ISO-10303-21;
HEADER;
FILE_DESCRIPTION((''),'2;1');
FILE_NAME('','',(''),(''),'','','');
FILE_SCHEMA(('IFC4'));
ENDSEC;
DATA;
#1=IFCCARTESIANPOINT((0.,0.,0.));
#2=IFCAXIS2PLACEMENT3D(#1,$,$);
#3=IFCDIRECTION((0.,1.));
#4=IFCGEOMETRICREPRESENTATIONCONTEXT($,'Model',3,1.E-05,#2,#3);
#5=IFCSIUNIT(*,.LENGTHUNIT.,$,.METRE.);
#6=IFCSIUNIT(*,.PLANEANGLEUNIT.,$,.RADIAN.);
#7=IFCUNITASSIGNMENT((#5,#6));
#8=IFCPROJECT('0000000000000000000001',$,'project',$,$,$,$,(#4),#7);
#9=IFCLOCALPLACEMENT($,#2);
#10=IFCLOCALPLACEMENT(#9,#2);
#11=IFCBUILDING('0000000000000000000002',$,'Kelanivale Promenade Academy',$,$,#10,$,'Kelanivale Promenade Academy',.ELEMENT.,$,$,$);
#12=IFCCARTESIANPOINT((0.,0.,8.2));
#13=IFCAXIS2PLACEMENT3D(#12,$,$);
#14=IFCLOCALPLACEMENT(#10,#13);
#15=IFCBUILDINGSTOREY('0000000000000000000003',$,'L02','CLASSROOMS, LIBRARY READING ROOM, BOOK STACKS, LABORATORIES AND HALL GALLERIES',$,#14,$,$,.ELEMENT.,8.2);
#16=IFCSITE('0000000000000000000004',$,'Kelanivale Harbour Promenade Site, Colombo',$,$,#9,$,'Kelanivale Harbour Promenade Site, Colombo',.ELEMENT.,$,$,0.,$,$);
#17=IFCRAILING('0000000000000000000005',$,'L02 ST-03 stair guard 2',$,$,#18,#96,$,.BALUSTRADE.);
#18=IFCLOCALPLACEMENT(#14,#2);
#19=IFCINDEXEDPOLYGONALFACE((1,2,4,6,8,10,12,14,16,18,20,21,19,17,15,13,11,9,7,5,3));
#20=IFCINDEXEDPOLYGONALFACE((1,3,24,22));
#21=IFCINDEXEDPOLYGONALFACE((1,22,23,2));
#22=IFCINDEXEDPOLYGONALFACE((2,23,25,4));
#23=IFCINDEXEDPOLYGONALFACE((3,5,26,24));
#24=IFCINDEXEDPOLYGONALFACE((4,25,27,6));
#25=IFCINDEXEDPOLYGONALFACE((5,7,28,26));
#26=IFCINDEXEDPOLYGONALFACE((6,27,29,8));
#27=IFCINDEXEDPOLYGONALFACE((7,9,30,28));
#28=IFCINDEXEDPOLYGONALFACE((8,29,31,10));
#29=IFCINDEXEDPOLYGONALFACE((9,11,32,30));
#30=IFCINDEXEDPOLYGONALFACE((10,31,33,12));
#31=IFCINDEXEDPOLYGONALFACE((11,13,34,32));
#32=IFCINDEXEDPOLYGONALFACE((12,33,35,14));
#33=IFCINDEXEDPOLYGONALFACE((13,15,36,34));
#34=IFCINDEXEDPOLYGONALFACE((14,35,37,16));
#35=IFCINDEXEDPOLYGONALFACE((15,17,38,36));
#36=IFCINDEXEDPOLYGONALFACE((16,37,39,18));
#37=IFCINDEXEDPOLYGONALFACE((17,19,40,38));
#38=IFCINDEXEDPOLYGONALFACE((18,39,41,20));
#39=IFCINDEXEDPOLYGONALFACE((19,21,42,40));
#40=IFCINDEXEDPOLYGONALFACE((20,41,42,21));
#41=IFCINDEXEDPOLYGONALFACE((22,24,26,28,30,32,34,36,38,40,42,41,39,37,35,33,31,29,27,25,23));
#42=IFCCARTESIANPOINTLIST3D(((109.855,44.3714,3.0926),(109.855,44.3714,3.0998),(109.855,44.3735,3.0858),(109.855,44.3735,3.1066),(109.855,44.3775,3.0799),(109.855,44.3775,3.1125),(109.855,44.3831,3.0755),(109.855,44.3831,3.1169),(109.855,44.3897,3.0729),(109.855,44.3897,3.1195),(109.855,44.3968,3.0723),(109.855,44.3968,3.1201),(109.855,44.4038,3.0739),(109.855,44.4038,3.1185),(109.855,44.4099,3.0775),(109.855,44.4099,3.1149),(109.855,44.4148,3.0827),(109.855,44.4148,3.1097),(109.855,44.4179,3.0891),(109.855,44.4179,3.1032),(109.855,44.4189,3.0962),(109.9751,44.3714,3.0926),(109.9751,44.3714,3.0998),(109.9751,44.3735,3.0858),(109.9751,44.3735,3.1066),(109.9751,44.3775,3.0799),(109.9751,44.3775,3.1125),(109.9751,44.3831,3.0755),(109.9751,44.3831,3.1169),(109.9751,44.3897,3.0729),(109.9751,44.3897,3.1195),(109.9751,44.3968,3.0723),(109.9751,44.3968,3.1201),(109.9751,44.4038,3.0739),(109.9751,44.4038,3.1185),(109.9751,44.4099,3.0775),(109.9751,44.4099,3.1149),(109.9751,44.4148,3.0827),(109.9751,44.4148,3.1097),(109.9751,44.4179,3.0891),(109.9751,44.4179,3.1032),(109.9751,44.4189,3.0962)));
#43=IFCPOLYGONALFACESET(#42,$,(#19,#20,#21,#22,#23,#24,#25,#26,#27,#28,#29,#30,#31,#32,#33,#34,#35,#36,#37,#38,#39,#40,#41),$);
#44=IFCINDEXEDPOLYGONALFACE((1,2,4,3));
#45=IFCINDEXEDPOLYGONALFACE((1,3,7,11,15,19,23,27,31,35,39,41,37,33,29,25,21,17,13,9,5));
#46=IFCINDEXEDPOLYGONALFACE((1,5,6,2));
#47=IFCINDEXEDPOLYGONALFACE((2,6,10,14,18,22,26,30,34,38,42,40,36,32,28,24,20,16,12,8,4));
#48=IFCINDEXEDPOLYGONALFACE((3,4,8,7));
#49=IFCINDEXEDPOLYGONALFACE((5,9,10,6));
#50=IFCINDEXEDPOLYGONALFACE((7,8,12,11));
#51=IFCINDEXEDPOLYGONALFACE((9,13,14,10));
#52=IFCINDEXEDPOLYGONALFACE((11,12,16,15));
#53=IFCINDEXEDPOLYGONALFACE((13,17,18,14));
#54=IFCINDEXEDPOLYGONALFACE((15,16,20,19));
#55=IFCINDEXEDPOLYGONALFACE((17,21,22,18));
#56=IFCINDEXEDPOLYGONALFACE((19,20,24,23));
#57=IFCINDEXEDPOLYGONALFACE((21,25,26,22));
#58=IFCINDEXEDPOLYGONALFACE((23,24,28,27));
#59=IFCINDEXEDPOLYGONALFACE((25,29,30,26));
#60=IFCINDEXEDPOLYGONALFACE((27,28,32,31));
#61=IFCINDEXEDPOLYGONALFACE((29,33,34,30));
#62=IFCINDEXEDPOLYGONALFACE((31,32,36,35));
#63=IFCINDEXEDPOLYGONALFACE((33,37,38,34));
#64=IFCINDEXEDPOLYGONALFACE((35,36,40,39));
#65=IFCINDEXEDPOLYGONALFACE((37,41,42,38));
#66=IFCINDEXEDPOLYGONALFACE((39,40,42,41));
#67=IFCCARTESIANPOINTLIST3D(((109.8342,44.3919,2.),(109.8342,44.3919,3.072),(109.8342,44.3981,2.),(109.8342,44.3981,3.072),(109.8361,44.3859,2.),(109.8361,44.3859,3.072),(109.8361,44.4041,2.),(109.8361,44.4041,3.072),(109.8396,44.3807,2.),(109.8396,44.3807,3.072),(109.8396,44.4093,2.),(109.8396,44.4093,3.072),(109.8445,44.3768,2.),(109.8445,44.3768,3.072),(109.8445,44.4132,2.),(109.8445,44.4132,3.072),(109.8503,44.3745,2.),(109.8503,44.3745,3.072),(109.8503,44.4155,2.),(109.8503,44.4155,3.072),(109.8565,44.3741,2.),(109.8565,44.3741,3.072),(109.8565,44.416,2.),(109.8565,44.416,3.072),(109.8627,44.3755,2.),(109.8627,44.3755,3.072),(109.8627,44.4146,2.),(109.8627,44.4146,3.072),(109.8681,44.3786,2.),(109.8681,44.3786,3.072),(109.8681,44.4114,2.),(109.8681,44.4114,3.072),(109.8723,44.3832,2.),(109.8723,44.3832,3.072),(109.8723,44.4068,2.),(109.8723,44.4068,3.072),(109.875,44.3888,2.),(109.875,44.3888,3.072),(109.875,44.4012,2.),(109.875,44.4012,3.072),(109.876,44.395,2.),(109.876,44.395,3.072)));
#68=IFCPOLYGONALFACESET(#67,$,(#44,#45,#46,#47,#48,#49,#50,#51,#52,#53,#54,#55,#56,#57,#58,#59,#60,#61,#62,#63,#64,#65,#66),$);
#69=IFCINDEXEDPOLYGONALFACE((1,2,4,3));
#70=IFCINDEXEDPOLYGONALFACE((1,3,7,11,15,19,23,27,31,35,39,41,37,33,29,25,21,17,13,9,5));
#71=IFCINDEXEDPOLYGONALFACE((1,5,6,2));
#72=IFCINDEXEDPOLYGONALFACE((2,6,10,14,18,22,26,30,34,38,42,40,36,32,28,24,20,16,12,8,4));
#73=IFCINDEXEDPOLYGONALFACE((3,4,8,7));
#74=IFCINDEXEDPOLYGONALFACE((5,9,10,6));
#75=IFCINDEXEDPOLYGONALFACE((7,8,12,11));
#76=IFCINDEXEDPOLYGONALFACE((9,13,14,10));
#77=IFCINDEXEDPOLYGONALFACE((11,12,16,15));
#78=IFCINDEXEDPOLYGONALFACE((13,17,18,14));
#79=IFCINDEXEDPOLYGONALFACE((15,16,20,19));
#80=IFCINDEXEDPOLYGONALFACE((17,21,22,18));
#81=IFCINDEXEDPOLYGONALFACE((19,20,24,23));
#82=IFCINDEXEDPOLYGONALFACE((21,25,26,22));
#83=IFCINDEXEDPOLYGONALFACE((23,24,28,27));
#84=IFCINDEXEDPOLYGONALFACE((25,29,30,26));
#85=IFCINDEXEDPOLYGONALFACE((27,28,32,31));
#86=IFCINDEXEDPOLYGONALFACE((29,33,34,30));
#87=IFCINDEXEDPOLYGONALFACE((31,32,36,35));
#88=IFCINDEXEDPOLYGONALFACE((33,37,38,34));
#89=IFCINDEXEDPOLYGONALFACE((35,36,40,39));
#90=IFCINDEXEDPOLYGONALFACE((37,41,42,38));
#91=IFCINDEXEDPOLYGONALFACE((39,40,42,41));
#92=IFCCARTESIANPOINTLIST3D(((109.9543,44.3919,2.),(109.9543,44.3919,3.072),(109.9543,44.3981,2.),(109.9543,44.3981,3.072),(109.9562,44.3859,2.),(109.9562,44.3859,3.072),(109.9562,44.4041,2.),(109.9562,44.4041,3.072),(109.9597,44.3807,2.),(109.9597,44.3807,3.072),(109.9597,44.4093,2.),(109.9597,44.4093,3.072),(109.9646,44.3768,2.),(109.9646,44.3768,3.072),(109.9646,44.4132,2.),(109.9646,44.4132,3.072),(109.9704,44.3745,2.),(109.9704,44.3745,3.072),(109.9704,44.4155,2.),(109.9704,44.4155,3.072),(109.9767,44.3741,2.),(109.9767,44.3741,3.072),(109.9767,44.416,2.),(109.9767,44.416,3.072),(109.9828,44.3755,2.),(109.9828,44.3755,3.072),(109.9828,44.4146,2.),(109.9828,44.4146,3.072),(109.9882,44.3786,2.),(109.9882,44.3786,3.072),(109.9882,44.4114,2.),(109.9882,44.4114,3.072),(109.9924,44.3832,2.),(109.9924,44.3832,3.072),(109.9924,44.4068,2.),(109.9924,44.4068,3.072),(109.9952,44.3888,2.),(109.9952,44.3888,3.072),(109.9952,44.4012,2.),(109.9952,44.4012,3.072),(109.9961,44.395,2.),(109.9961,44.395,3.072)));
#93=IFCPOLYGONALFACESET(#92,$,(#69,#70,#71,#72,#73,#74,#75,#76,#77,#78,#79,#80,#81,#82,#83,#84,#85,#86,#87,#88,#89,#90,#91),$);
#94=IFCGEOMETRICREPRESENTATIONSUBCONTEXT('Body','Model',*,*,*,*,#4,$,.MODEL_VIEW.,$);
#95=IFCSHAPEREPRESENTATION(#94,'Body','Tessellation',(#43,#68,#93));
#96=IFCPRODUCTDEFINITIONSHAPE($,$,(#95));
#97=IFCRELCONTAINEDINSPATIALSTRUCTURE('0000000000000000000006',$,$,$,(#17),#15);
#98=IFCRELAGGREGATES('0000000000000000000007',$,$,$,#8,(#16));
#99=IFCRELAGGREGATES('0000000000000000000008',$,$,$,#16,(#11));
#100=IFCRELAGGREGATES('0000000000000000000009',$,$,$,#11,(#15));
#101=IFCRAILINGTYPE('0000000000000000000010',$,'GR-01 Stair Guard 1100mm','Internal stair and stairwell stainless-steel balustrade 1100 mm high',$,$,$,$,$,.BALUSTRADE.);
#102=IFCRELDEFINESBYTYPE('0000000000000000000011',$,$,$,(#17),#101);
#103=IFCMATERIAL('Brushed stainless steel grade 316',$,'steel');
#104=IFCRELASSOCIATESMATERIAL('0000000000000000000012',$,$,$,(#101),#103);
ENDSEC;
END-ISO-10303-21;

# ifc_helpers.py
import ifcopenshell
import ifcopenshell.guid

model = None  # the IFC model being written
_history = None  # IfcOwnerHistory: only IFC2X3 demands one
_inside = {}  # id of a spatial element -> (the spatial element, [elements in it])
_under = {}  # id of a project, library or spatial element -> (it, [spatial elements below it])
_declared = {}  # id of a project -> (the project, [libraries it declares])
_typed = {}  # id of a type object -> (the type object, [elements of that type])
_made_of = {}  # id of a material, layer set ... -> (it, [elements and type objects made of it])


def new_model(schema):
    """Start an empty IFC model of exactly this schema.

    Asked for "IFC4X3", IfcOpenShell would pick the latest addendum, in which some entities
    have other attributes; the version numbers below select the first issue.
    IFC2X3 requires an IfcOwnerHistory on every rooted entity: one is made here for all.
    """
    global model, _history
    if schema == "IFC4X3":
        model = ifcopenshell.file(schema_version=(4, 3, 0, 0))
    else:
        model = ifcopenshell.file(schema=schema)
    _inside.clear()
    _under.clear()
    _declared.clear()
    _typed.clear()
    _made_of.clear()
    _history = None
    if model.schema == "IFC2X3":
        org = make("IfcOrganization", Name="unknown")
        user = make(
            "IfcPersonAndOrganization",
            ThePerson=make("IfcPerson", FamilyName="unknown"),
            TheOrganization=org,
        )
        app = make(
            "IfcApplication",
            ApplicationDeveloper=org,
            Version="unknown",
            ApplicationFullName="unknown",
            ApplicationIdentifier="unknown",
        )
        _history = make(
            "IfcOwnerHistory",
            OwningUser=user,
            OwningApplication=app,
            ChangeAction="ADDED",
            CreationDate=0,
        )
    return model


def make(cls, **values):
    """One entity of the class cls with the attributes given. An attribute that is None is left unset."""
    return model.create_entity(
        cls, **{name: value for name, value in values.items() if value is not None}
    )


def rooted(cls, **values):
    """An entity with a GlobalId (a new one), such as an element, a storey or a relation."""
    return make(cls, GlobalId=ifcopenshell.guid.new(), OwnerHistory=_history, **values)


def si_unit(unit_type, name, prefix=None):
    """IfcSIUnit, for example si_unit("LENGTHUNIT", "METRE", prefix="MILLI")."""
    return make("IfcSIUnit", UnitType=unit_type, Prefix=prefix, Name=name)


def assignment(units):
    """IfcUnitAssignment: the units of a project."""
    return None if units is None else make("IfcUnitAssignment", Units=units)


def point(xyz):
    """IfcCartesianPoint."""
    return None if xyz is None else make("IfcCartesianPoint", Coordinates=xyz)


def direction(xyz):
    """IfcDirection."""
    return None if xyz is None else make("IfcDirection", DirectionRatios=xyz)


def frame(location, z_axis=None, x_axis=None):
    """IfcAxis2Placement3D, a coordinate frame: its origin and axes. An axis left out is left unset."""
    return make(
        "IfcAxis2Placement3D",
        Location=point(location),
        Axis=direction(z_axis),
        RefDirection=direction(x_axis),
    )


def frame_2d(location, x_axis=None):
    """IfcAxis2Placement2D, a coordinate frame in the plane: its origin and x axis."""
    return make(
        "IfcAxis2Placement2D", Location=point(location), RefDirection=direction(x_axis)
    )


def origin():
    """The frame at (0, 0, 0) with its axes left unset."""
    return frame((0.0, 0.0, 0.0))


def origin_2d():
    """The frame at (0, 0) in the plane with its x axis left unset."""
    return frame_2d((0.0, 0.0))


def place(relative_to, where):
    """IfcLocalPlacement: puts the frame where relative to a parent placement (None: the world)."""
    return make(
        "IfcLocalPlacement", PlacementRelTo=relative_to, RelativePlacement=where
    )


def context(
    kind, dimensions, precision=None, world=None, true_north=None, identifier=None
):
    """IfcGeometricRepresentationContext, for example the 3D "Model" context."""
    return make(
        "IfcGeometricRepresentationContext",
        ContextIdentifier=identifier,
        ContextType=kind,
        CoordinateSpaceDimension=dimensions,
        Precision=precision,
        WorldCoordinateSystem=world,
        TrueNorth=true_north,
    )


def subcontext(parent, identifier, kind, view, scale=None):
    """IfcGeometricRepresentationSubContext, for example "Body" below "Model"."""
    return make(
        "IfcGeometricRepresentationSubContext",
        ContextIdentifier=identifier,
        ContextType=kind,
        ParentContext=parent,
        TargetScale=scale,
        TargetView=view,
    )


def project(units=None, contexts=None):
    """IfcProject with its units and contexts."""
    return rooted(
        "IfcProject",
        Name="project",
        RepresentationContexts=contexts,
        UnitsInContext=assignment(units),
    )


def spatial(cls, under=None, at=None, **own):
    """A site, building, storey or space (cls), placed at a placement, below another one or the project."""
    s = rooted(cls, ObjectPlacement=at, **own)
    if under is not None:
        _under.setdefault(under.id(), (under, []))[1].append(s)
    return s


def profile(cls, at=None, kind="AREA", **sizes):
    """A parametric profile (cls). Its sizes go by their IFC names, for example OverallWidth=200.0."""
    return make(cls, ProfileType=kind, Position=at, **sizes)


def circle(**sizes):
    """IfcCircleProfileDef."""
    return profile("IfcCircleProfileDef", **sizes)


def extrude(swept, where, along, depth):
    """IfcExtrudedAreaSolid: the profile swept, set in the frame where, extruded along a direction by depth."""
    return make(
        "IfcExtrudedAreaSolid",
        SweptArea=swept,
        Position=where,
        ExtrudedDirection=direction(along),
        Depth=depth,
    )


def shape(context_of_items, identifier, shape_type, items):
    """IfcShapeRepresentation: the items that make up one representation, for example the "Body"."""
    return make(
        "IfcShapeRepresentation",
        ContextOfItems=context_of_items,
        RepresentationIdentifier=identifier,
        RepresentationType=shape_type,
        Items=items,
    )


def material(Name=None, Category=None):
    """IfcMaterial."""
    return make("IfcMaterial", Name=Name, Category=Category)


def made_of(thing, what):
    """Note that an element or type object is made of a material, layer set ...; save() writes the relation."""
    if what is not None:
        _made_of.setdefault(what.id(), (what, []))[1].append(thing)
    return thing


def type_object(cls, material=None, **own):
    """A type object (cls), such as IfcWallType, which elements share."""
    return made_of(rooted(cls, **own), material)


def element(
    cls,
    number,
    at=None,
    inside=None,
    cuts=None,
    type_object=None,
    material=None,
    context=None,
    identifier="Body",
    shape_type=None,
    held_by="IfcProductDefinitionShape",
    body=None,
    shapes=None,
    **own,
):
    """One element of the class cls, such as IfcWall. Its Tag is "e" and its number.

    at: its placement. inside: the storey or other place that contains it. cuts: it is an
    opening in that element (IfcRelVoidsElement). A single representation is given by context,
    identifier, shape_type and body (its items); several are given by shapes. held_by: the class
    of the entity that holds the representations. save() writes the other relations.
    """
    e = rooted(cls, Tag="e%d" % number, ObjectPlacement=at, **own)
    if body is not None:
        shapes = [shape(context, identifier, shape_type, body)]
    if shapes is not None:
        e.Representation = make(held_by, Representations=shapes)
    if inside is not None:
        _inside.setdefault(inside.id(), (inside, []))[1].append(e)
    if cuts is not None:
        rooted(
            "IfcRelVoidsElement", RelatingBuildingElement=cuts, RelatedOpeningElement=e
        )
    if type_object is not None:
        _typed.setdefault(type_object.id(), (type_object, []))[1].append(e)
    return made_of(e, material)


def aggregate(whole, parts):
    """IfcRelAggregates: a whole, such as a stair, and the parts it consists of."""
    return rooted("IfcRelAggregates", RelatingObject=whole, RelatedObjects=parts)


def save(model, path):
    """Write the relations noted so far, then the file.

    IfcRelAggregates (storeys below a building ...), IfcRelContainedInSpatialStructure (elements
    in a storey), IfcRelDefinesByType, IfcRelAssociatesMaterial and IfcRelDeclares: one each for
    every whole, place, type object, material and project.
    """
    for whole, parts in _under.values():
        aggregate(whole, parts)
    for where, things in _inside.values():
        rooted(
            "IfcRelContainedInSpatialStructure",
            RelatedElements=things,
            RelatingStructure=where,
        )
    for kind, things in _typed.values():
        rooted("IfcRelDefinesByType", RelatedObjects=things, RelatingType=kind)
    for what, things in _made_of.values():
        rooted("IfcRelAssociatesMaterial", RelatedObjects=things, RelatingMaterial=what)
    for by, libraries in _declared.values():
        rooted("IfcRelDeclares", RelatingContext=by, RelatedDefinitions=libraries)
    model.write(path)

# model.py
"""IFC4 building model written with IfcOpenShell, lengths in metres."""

from ifc_helpers import new_model, si_unit, direction, frame, origin, origin_2d, place, context, subcontext, project, spatial, circle, extrude, material, type_object, element, save


model = new_model("IFC4")

# Units and contexts
model_context = context("Model", 3, precision=1e-05, world=origin(), true_north=direction((0.0, 1.0)))
body_context = subcontext(model_context, "Body", "Model", "MODEL_VIEW")
ifc_project = project(units=[si_unit("LENGTHUNIT", "METRE"), si_unit("PLANEANGLEUNIT", "RADIAN")], contexts=[model_context])

# Site, building, storey
site_placement = place(None, origin())
site = spatial("IfcSite", under=ifc_project, at=site_placement, Name="Kelanivale Harbour Promenade Site, Colombo", LongName="Kelanivale Harbour Promenade Site, Colombo", CompositionType="ELEMENT", RefElevation=0.0)
building_placement = place(site_placement, origin())
building = spatial("IfcBuilding", under=site, at=building_placement, Name="Kelanivale Promenade Academy", LongName="Kelanivale Promenade Academy", CompositionType="ELEMENT")
storey_placement = place(building_placement, frame((0.0, 0.0, 8.2)))
storey = spatial("IfcBuildingStorey", under=building, at=storey_placement, Name="L02", Description="CLASSROOMS, LIBRARY READING ROOM, BOOK STACKS, LABORATORIES AND HALL GALLERIES", CompositionType="ELEMENT", Elevation=8.2)

# Railing
ifc_material_1 = material(Name="Brushed stainless steel grade 316", Category="steel")
railing_type_1 = type_object("IfcRailingType", Name="GR-01 Stair Guard 1100mm", Description="Internal stair and stairwell stainless-steel balustrade 1100 mm high", PredefinedType="BALUSTRADE", material=ifc_material_1)
railing_1_placement = place(storey_placement, frame((109.855, 44.395, 2.0)))
element("IfcRailing", 1, at=railing_1_placement, inside=storey, type_object=railing_type_1, Name="L02 ST-03 stair guard 2", PredefinedType="BALUSTRADE", context=body_context, shape_type="SweptSolid", body=[
    extrude(circle(Radius=0.0239, at=origin_2d()), frame((0.0, 0.0, 1.0962), z_axis=(1.0, 0.0, 0.0), x_axis=(0.0, 1.0, 0.0)), (0.0, 0.0, 1.0), 0.1201),
    extrude(circle(Radius=0.021, at=origin_2d()), origin(), (0.0, 0.0, 1.0), 1.072),
    extrude(circle(Radius=0.021, at=origin_2d()), frame((0.1201, 0.0, 0.0)), (0.0, 0.0, 1.0), 1.072),
])

save(model, "model.ifc")
